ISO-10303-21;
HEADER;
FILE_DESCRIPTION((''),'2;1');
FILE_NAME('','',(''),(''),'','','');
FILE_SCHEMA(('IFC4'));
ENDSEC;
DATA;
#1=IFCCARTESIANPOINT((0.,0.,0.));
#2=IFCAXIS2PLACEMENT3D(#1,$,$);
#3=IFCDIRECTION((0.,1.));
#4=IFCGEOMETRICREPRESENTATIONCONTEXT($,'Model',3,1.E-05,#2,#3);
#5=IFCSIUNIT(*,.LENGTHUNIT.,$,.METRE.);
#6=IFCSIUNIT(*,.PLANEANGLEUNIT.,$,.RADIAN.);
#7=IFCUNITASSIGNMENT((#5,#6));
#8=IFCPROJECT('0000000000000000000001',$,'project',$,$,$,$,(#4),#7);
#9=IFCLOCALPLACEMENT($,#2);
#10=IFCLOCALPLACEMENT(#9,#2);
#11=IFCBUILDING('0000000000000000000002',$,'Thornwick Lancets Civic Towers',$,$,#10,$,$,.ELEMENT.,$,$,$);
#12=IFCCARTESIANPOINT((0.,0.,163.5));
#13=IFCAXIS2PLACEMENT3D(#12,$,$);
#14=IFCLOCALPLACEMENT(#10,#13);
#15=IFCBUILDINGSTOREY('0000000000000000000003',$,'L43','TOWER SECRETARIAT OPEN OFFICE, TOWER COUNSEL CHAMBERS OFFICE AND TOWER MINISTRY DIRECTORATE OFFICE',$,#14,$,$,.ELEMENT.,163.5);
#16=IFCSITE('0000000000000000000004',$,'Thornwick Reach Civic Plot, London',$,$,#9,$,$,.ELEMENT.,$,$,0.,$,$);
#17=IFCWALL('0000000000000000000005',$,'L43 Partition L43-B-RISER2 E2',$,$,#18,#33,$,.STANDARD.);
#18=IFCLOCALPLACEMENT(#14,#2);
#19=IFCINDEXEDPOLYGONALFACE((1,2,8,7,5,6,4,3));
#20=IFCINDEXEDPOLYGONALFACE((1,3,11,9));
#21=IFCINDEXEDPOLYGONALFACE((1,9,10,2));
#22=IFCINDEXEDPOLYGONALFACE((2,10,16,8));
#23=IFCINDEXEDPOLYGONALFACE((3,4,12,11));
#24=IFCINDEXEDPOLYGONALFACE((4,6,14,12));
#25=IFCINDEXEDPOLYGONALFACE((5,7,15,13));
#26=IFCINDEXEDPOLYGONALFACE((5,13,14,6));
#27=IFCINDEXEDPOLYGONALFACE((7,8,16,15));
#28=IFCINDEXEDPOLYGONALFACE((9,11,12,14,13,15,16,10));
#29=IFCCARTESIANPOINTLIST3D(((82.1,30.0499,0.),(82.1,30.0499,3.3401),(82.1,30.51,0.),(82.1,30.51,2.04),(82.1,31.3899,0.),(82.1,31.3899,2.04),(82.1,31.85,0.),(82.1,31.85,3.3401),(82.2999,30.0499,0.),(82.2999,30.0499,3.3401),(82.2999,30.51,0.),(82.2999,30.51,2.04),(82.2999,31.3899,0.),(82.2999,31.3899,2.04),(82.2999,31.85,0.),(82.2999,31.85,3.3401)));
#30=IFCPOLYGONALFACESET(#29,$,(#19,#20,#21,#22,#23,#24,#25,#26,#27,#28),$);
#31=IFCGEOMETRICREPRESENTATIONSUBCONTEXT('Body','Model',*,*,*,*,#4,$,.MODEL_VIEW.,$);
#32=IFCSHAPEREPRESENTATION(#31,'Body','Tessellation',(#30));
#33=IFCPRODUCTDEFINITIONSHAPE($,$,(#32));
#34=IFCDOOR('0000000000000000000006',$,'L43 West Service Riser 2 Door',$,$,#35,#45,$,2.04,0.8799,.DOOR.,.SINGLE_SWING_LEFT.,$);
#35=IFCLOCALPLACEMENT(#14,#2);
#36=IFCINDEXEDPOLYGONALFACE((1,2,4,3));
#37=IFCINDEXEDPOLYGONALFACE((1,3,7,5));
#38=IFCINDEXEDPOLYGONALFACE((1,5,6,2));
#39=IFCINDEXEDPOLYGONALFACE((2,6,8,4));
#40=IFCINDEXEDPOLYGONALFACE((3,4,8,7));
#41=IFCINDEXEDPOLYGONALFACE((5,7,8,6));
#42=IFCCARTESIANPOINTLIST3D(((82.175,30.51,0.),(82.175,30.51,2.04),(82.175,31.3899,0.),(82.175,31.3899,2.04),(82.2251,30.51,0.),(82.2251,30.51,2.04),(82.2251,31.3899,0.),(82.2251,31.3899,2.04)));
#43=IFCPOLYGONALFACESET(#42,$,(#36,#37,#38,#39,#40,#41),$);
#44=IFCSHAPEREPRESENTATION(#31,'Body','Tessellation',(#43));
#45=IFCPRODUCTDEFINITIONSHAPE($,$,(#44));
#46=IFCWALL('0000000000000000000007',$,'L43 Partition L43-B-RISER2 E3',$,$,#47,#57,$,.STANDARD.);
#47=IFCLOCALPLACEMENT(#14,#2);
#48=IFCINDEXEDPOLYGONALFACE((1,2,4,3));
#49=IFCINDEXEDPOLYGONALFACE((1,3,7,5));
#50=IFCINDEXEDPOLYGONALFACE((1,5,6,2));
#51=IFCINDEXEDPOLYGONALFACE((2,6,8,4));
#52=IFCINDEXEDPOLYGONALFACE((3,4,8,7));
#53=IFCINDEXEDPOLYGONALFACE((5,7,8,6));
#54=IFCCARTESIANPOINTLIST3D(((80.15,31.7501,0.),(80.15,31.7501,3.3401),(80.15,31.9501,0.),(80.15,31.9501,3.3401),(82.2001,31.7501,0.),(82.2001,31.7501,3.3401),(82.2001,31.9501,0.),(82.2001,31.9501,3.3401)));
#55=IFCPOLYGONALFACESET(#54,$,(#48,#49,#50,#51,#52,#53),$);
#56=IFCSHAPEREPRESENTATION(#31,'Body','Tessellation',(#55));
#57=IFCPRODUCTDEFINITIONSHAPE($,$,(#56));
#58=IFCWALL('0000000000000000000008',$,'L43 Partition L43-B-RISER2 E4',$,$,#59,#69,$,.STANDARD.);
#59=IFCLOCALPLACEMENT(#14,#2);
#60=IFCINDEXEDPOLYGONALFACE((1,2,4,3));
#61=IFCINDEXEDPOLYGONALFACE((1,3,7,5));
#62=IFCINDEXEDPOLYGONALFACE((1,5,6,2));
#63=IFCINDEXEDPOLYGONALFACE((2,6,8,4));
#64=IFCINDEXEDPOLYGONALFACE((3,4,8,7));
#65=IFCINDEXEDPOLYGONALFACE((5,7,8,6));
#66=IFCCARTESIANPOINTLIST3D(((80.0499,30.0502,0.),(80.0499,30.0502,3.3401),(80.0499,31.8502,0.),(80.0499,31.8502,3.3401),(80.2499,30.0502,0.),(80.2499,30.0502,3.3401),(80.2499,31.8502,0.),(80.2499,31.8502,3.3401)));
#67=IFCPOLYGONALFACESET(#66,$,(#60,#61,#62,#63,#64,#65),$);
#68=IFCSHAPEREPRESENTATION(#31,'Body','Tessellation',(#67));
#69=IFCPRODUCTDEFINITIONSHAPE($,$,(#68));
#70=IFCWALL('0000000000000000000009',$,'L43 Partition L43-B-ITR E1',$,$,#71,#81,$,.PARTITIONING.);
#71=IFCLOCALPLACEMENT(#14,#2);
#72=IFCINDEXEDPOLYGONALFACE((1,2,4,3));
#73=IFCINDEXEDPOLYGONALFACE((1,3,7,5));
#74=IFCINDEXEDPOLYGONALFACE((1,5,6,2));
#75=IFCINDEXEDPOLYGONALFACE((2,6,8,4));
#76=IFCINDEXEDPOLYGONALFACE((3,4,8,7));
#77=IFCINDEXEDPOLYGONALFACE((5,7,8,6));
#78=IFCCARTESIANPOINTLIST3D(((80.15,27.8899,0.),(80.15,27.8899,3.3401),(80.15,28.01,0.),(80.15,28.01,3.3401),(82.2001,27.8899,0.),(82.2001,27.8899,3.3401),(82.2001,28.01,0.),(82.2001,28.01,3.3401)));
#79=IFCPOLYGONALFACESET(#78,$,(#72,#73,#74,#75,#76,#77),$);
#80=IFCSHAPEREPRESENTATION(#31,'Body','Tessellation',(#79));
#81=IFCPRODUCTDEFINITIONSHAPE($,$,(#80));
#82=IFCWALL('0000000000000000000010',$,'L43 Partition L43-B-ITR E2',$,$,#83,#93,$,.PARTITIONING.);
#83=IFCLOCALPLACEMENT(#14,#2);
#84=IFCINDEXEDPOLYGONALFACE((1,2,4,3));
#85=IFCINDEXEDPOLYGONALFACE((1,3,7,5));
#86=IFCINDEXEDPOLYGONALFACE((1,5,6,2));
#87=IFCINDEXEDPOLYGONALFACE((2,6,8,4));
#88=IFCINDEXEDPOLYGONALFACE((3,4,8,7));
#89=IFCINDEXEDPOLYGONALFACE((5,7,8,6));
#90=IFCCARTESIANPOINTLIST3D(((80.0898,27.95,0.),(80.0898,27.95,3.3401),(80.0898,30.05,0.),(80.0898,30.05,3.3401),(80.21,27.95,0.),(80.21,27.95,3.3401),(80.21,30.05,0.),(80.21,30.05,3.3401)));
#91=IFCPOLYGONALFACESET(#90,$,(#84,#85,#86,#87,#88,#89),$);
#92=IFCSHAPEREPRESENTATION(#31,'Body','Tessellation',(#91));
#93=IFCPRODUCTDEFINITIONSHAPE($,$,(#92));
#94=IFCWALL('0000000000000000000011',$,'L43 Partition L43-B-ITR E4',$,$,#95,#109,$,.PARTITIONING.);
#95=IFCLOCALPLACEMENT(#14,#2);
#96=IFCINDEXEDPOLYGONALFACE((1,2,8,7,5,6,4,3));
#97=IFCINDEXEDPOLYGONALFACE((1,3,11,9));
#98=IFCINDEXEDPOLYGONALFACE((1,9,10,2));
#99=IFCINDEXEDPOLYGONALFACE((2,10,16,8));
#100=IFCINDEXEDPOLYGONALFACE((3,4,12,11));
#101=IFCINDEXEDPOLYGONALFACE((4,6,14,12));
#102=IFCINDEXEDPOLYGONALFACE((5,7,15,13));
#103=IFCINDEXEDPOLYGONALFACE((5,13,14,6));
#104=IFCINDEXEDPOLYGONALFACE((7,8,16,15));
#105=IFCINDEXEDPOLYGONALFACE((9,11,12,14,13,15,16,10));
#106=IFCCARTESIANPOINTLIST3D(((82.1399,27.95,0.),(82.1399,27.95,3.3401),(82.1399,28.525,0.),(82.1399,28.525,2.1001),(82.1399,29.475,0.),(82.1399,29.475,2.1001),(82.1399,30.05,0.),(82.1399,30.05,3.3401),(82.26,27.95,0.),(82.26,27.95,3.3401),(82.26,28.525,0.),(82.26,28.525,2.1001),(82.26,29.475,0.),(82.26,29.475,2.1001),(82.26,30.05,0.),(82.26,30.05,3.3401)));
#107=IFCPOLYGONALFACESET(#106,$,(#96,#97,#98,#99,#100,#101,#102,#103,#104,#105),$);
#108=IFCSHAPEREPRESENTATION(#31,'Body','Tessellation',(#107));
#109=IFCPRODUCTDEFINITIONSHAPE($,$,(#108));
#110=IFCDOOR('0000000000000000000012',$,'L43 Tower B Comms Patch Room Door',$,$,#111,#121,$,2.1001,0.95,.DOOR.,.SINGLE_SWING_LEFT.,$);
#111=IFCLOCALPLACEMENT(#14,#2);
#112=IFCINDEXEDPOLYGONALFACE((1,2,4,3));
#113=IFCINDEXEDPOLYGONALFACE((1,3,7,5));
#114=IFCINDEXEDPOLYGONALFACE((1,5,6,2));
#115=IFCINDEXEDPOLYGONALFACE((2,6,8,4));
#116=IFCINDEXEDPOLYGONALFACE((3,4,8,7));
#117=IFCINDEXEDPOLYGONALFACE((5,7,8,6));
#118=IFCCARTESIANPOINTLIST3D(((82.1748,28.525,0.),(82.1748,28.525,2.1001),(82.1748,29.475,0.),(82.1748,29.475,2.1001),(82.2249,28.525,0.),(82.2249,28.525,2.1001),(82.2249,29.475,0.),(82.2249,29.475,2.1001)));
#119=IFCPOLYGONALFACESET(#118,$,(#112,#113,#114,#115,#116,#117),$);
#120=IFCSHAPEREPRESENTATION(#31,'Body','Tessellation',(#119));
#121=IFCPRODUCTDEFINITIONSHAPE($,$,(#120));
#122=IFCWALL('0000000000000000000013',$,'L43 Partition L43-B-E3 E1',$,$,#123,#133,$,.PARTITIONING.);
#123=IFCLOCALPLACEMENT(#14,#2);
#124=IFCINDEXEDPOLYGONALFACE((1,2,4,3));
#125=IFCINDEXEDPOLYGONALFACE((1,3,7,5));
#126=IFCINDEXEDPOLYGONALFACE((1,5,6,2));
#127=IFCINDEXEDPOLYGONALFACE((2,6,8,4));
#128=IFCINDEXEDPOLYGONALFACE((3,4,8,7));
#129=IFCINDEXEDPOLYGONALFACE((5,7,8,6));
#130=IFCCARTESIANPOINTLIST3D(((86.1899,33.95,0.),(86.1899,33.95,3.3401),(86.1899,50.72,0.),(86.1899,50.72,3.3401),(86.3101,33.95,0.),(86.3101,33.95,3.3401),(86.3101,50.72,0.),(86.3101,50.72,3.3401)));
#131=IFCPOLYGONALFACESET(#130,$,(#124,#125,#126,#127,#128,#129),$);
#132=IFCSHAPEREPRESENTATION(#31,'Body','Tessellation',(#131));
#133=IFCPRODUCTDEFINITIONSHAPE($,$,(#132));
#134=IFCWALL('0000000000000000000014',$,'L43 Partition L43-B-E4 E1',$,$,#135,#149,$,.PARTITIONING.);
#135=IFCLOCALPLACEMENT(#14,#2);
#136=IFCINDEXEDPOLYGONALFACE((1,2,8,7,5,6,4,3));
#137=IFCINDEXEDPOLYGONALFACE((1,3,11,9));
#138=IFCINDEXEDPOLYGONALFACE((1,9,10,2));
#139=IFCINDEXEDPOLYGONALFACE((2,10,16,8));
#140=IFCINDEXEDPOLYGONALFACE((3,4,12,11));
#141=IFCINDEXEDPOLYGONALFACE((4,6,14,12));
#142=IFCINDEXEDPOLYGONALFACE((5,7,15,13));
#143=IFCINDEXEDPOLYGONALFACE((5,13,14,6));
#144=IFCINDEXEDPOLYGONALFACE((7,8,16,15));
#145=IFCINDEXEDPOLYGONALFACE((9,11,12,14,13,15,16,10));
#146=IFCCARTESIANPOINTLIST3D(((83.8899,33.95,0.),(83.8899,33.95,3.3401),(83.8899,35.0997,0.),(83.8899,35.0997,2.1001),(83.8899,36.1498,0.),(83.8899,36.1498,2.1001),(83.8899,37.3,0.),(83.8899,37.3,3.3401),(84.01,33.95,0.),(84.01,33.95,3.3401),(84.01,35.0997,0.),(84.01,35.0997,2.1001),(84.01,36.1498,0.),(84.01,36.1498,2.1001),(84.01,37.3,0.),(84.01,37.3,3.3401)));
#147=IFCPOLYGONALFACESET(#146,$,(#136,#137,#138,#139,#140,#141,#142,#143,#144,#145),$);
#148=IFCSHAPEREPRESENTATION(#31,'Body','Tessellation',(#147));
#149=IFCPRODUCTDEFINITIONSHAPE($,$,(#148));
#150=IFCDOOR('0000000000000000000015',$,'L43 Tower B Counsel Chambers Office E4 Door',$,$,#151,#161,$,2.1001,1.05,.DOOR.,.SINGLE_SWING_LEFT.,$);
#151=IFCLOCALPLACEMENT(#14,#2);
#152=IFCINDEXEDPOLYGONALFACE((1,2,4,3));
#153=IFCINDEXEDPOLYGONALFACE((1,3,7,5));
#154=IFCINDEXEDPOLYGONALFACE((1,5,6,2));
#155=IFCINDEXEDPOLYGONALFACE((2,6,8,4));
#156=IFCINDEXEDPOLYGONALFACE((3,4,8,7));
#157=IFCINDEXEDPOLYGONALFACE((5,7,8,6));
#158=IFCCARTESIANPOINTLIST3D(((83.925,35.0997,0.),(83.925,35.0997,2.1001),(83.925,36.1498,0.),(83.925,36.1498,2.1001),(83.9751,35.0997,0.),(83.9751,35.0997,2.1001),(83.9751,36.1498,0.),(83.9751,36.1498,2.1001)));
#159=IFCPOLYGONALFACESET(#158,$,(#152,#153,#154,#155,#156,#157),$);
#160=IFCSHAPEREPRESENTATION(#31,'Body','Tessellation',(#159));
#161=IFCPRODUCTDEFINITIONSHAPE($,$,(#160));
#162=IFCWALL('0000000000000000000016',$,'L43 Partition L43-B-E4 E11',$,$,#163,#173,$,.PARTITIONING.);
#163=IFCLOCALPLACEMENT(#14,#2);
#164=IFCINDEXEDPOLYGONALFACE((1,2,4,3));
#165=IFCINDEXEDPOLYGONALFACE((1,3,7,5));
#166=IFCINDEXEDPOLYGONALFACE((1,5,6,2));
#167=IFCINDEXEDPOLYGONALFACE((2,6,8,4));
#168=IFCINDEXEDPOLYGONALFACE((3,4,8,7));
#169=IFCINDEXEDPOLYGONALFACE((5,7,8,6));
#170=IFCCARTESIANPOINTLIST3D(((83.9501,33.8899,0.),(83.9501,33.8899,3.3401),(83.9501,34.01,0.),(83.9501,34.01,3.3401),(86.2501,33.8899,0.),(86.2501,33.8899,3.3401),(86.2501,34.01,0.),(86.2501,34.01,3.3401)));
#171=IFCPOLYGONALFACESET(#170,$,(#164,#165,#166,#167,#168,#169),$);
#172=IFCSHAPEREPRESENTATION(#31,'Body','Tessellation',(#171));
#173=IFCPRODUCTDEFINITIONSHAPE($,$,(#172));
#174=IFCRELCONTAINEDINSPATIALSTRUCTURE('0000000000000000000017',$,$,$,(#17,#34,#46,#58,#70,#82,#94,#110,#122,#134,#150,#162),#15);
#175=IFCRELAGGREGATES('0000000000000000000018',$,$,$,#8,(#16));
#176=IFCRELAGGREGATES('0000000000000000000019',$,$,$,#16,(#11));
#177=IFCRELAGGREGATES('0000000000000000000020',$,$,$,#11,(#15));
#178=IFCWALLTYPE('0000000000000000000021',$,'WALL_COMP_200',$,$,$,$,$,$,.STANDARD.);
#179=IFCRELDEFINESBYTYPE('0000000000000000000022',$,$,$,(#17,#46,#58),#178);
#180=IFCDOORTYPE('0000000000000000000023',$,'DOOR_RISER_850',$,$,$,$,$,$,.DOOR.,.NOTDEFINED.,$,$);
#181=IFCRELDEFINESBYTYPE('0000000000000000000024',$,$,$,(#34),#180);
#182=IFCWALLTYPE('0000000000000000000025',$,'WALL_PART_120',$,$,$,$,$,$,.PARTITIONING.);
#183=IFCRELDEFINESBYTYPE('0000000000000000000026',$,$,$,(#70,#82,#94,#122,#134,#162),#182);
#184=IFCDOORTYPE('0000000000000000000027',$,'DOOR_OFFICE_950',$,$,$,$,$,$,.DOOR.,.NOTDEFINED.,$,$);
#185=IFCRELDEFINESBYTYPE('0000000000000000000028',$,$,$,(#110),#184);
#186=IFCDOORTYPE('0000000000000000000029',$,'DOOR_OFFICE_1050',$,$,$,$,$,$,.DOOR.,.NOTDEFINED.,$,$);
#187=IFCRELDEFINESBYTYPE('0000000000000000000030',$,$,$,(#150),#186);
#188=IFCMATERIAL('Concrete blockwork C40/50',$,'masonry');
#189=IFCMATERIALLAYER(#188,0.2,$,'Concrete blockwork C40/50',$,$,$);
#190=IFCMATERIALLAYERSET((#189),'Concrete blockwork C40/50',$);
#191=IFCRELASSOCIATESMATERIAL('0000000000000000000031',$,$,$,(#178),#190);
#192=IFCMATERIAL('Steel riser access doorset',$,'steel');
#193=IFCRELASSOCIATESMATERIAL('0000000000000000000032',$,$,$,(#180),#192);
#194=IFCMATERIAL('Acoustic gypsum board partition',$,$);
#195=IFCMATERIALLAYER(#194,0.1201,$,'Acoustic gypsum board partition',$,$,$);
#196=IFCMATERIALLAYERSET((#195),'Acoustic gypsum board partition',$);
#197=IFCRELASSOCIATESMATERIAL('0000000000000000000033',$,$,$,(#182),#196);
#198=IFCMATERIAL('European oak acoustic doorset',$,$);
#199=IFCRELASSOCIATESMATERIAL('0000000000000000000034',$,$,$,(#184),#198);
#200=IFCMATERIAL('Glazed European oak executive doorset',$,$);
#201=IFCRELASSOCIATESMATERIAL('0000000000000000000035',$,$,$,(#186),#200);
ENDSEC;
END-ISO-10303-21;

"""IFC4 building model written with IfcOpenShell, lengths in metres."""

from ifc_helpers import new_model, si_unit, direction, frame, frame_2d, origin, place, context, subcontext, project, spatial, rectangle, extrude, material, layer, layer_set, type_object, element, fill, save


model = new_model("IFC4")

# Units and contexts
model_context = context("Model", 3, precision=1e-05, world=origin(), true_north=direction((0.0, 1.0)))
body_context = subcontext(model_context, "Body", "Model", "MODEL_VIEW")
ifc_project = project(units=[si_unit("LENGTHUNIT", "METRE"), si_unit("PLANEANGLEUNIT", "RADIAN")], contexts=[model_context])

# Site, building, storey
site_placement = place(None, origin())
site = spatial("IfcSite", under=ifc_project, at=site_placement, Name="Thornwick Reach Civic Plot, London", CompositionType="ELEMENT", RefElevation=0.0)
building_placement = place(site_placement, origin())
building = spatial("IfcBuilding", under=site, at=building_placement, Name="Thornwick Lancets Civic Towers", CompositionType="ELEMENT")
storey_placement = place(building_placement, frame((0.0, 0.0, 163.5)))
storey = spatial("IfcBuildingStorey", under=building, at=storey_placement, Name="L43", Description="TOWER SECRETARIAT OPEN OFFICE, TOWER COUNSEL CHAMBERS OFFICE AND TOWER MINISTRY DIRECTORATE OFFICE", CompositionType="ELEMENT", Elevation=163.5)

# Shared definitions
ifc_material_1 = material(Name="Concrete blockwork C40/50", Category="masonry")
ifc_layer_1 = layer(ifc_material_1, 0.2, Name="Concrete blockwork C40/50")
ifc_layer_set_1 = layer_set([ifc_layer_1], Name="Concrete blockwork C40/50")
wall_type_1 = type_object("IfcWallType", Name="WALL_COMP_200", PredefinedType="STANDARD", material=ifc_layer_set_1)

# Wall, opening, door
wall_1_placement = place(storey_placement, frame((82.2, 30.05, 0.0), z_axis=(0.0, 0.0, 1.0), x_axis=(0.0, 1.0, 0.0)))
wall_1 = element("IfcWall", 1, at=wall_1_placement, inside=storey, type_object=wall_type_1, Name="L43 Partition L43-B-RISER2 E2", PredefinedType="STANDARD", context=body_context, shape_type="SweptSolid", body=[
    extrude(rectangle(XDim=1.8, YDim=0.2, at=frame_2d((0.8999, 0.0))), origin(), (0.0, 0.0, 1.0), 3.3401),
])
opening_1_placement = place(wall_1_placement, frame((0.46, 0.0, 0.0)))
opening_1 = element("IfcOpeningElement", 2, at=opening_1_placement, cuts=wall_1, PredefinedType="OPENING", context=body_context, shape_type="SweptSolid", body=[
    extrude(rectangle(XDim=0.8799, YDim=2.04, at=frame_2d((0.4399, 1.02))), frame((0.0, 0.1099, 0.0), z_axis=(0.0, -1.0, 0.0), x_axis=(1.0, 0.0, 0.0)), (0.0, 0.0, 1.0), 0.22),
])
ifc_material_2 = material(Name="Steel riser access doorset", Category="steel")
door_type_1 = type_object("IfcDoorType", Name="DOOR_RISER_850", OperationType="NOTDEFINED", PredefinedType="DOOR", material=ifc_material_2)
door_1_placement = place(opening_1_placement, origin())
door_1 = element("IfcDoor", 3, at=door_1_placement, inside=storey, type_object=door_type_1, Name="L43 West Service Riser 2 Door", OperationType="SINGLE_SWING_LEFT", OverallHeight=2.04, OverallWidth=0.8799, PredefinedType="DOOR", context=body_context, shape_type="SweptSolid", body=[
    extrude(rectangle(XDim=0.8799, YDim=2.04, at=frame_2d((0.4399, 1.02))), frame((0.0, 0.0249, 0.0), z_axis=(0.0, -1.0, 0.0), x_axis=(1.0, 0.0, 0.0)), (0.0, 0.0, 1.0), 0.05),
])
fill(opening_1, door_1)

# Walls
wall_2_placement = place(storey_placement, frame((82.2, 31.8501, 0.0), z_axis=(0.0, 0.0, 1.0), x_axis=(-1.0, 0.0, 0.0)))
element("IfcWall", 4, at=wall_2_placement, inside=storey, type_object=wall_type_1, Name="L43 Partition L43-B-RISER2 E3", PredefinedType="STANDARD", context=body_context, shape_type="SweptSolid", body=[
    extrude(rectangle(XDim=2.05, YDim=0.2, at=frame_2d((1.0249, 0.0))), origin(), (0.0, 0.0, 1.0), 3.3401),
])
wall_3_placement = place(storey_placement, frame((80.1499, 31.8501, 0.0), z_axis=(0.0, 0.0, 1.0), x_axis=(0.0, -1.0, 0.0)))
element("IfcWall", 5, at=wall_3_placement, inside=storey, type_object=wall_type_1, Name="L43 Partition L43-B-RISER2 E4", PredefinedType="STANDARD", context=body_context, shape_type="SweptSolid", body=[
    extrude(rectangle(XDim=1.8, YDim=0.2, at=frame_2d((0.8999, 0.0))), origin(), (0.0, 0.0, 1.0), 3.3401),
])
ifc_material_3 = material(Name="Acoustic gypsum board partition")
ifc_layer_2 = layer(ifc_material_3, 0.1201, Name="Acoustic gypsum board partition")
ifc_layer_set_2 = layer_set([ifc_layer_2], Name="Acoustic gypsum board partition")
wall_type_2 = type_object("IfcWallType", Name="WALL_PART_120", PredefinedType="PARTITIONING", material=ifc_layer_set_2)
wall_4_placement = place(storey_placement, frame((82.2, 27.95, 0.0), z_axis=(0.0, 0.0, 1.0), x_axis=(-1.0, 0.0, 0.0)))
element("IfcWall", 6, at=wall_4_placement, inside=storey, type_object=wall_type_2, Name="L43 Partition L43-B-ITR E1", PredefinedType="PARTITIONING", context=body_context, shape_type="SweptSolid", body=[
    extrude(rectangle(XDim=2.05, YDim=0.1201, at=frame_2d((1.0249, 0.0))), origin(), (0.0, 0.0, 1.0), 3.3401),
])
wall_5_placement = place(storey_placement, frame((80.1499, 27.95, 0.0), z_axis=(0.0, 0.0, 1.0), x_axis=(0.0, 1.0, 0.0)))
element("IfcWall", 7, at=wall_5_placement, inside=storey, type_object=wall_type_2, Name="L43 Partition L43-B-ITR E2", PredefinedType="PARTITIONING", context=body_context, shape_type="SweptSolid", body=[
    extrude(rectangle(XDim=2.1001, YDim=0.1201, at=frame_2d((1.05, 0.0))), origin(), (0.0, 0.0, 1.0), 3.3401),
])

# Wall, opening, door
wall_6_placement = place(storey_placement, frame((82.2, 30.05, 0.0), z_axis=(0.0, 0.0, 1.0), x_axis=(0.0, -1.0, 0.0)))
wall_6 = element("IfcWall", 8, at=wall_6_placement, inside=storey, type_object=wall_type_2, Name="L43 Partition L43-B-ITR E4", PredefinedType="PARTITIONING", context=body_context, shape_type="SweptSolid", body=[
    extrude(rectangle(XDim=2.1001, YDim=0.1201, at=frame_2d((1.05, 0.0))), origin(), (0.0, 0.0, 1.0), 3.3401),
])
opening_2_placement = place(wall_6_placement, frame((0.575, 0.0, 0.0)))
opening_2 = element("IfcOpeningElement", 9, at=opening_2_placement, cuts=wall_6, PredefinedType="OPENING", context=body_context, shape_type="SweptSolid", body=[
    extrude(rectangle(XDim=0.95, YDim=2.1001, at=frame_2d((0.4751, 1.05))), frame((0.0, 0.0701, 0.0), z_axis=(0.0, -1.0, 0.0), x_axis=(1.0, 0.0, 0.0)), (0.0, 0.0, 1.0), 0.1401),
])
ifc_material_4 = material(Name="European oak acoustic doorset")
door_type_2 = type_object("IfcDoorType", Name="DOOR_OFFICE_950", OperationType="NOTDEFINED", PredefinedType="DOOR", material=ifc_material_4)
door_2_placement = place(opening_2_placement, origin())
door_2 = element("IfcDoor", 10, at=door_2_placement, inside=storey, type_object=door_type_2, Name="L43 Tower B Comms Patch Room Door", OperationType="SINGLE_SWING_LEFT", OverallHeight=2.1001, OverallWidth=0.95, PredefinedType="DOOR", context=body_context, shape_type="SweptSolid", body=[
    extrude(rectangle(XDim=0.95, YDim=2.1001, at=frame_2d((0.4751, 1.05))), frame((0.0, 0.0249, 0.0), z_axis=(0.0, -1.0, 0.0), x_axis=(1.0, 0.0, 0.0)), (0.0, 0.0, 1.0), 0.05),
])
fill(opening_2, door_2)

# Wall
wall_7_placement = place(storey_placement, frame((86.25, 33.95, 0.0), z_axis=(0.0, 0.0, 1.0), x_axis=(0.0, 1.0, 0.0)))
element("IfcWall", 11, at=wall_7_placement, inside=storey, type_object=wall_type_2, Name="L43 Partition L43-B-E3 E1", PredefinedType="PARTITIONING", context=body_context, shape_type="SweptSolid", body=[
    extrude(rectangle(XDim=16.77, YDim=0.1201, at=frame_2d((8.385, 0.0))), origin(), (0.0, 0.0, 1.0), 3.3401),
])

# Wall, opening, door
wall_8_placement = place(storey_placement, frame((83.95, 33.95, 0.0), z_axis=(0.0, 0.0, 1.0), x_axis=(0.0, 1.0, 0.0)))
wall_8 = element("IfcWall", 12, at=wall_8_placement, inside=storey, type_object=wall_type_2, Name="L43 Partition L43-B-E4 E1", PredefinedType="PARTITIONING", context=body_context, shape_type="SweptSolid", body=[
    extrude(rectangle(XDim=3.3501, YDim=0.1201, at=frame_2d((1.675, 0.0))), origin(), (0.0, 0.0, 1.0), 3.3401),
])
opening_3_placement = place(wall_8_placement, frame((1.1499, 0.0, 0.0)))
opening_3 = element("IfcOpeningElement", 13, at=opening_3_placement, cuts=wall_8, PredefinedType="OPENING", context=body_context, shape_type="SweptSolid", body=[
    extrude(rectangle(XDim=1.05, YDim=2.1001, at=frame_2d((0.5249, 1.05))), frame((0.0, 0.0701, 0.0), z_axis=(0.0, -1.0, 0.0), x_axis=(1.0, 0.0, 0.0)), (0.0, 0.0, 1.0), 0.1401),
])
ifc_material_5 = material(Name="Glazed European oak executive doorset")
door_type_3 = type_object("IfcDoorType", Name="DOOR_OFFICE_1050", OperationType="NOTDEFINED", PredefinedType="DOOR", material=ifc_material_5)
door_3_placement = place(opening_3_placement, origin())
door_3 = element("IfcDoor", 14, at=door_3_placement, inside=storey, type_object=door_type_3, Name="L43 Tower B Counsel Chambers Office E4 Door", OperationType="SINGLE_SWING_LEFT", OverallHeight=2.1001, OverallWidth=1.05, PredefinedType="DOOR", context=body_context, shape_type="SweptSolid", body=[
    extrude(rectangle(XDim=1.05, YDim=2.1001, at=frame_2d((0.5249, 1.05))), frame((0.0, 0.0249, 0.0), z_axis=(0.0, -1.0, 0.0), x_axis=(1.0, 0.0, 0.0)), (0.0, 0.0, 1.0), 0.05),
])
fill(opening_3, door_3)

# Wall
wall_9_placement = place(storey_placement, frame((86.25, 33.95, 0.0), z_axis=(0.0, 0.0, 1.0), x_axis=(-1.0, 0.0, 0.0)))
element("IfcWall", 15, at=wall_9_placement, inside=storey, type_object=wall_type_2, Name="L43 Partition L43-B-E4 E11", PredefinedType="PARTITIONING", context=body_context, shape_type="SweptSolid", body=[
    extrude(rectangle(XDim=2.3, YDim=0.1201, at=frame_2d((1.1499, 0.0))), origin(), (0.0, 0.0, 1.0), 3.3401),
])

save(model, "model.ifc")
